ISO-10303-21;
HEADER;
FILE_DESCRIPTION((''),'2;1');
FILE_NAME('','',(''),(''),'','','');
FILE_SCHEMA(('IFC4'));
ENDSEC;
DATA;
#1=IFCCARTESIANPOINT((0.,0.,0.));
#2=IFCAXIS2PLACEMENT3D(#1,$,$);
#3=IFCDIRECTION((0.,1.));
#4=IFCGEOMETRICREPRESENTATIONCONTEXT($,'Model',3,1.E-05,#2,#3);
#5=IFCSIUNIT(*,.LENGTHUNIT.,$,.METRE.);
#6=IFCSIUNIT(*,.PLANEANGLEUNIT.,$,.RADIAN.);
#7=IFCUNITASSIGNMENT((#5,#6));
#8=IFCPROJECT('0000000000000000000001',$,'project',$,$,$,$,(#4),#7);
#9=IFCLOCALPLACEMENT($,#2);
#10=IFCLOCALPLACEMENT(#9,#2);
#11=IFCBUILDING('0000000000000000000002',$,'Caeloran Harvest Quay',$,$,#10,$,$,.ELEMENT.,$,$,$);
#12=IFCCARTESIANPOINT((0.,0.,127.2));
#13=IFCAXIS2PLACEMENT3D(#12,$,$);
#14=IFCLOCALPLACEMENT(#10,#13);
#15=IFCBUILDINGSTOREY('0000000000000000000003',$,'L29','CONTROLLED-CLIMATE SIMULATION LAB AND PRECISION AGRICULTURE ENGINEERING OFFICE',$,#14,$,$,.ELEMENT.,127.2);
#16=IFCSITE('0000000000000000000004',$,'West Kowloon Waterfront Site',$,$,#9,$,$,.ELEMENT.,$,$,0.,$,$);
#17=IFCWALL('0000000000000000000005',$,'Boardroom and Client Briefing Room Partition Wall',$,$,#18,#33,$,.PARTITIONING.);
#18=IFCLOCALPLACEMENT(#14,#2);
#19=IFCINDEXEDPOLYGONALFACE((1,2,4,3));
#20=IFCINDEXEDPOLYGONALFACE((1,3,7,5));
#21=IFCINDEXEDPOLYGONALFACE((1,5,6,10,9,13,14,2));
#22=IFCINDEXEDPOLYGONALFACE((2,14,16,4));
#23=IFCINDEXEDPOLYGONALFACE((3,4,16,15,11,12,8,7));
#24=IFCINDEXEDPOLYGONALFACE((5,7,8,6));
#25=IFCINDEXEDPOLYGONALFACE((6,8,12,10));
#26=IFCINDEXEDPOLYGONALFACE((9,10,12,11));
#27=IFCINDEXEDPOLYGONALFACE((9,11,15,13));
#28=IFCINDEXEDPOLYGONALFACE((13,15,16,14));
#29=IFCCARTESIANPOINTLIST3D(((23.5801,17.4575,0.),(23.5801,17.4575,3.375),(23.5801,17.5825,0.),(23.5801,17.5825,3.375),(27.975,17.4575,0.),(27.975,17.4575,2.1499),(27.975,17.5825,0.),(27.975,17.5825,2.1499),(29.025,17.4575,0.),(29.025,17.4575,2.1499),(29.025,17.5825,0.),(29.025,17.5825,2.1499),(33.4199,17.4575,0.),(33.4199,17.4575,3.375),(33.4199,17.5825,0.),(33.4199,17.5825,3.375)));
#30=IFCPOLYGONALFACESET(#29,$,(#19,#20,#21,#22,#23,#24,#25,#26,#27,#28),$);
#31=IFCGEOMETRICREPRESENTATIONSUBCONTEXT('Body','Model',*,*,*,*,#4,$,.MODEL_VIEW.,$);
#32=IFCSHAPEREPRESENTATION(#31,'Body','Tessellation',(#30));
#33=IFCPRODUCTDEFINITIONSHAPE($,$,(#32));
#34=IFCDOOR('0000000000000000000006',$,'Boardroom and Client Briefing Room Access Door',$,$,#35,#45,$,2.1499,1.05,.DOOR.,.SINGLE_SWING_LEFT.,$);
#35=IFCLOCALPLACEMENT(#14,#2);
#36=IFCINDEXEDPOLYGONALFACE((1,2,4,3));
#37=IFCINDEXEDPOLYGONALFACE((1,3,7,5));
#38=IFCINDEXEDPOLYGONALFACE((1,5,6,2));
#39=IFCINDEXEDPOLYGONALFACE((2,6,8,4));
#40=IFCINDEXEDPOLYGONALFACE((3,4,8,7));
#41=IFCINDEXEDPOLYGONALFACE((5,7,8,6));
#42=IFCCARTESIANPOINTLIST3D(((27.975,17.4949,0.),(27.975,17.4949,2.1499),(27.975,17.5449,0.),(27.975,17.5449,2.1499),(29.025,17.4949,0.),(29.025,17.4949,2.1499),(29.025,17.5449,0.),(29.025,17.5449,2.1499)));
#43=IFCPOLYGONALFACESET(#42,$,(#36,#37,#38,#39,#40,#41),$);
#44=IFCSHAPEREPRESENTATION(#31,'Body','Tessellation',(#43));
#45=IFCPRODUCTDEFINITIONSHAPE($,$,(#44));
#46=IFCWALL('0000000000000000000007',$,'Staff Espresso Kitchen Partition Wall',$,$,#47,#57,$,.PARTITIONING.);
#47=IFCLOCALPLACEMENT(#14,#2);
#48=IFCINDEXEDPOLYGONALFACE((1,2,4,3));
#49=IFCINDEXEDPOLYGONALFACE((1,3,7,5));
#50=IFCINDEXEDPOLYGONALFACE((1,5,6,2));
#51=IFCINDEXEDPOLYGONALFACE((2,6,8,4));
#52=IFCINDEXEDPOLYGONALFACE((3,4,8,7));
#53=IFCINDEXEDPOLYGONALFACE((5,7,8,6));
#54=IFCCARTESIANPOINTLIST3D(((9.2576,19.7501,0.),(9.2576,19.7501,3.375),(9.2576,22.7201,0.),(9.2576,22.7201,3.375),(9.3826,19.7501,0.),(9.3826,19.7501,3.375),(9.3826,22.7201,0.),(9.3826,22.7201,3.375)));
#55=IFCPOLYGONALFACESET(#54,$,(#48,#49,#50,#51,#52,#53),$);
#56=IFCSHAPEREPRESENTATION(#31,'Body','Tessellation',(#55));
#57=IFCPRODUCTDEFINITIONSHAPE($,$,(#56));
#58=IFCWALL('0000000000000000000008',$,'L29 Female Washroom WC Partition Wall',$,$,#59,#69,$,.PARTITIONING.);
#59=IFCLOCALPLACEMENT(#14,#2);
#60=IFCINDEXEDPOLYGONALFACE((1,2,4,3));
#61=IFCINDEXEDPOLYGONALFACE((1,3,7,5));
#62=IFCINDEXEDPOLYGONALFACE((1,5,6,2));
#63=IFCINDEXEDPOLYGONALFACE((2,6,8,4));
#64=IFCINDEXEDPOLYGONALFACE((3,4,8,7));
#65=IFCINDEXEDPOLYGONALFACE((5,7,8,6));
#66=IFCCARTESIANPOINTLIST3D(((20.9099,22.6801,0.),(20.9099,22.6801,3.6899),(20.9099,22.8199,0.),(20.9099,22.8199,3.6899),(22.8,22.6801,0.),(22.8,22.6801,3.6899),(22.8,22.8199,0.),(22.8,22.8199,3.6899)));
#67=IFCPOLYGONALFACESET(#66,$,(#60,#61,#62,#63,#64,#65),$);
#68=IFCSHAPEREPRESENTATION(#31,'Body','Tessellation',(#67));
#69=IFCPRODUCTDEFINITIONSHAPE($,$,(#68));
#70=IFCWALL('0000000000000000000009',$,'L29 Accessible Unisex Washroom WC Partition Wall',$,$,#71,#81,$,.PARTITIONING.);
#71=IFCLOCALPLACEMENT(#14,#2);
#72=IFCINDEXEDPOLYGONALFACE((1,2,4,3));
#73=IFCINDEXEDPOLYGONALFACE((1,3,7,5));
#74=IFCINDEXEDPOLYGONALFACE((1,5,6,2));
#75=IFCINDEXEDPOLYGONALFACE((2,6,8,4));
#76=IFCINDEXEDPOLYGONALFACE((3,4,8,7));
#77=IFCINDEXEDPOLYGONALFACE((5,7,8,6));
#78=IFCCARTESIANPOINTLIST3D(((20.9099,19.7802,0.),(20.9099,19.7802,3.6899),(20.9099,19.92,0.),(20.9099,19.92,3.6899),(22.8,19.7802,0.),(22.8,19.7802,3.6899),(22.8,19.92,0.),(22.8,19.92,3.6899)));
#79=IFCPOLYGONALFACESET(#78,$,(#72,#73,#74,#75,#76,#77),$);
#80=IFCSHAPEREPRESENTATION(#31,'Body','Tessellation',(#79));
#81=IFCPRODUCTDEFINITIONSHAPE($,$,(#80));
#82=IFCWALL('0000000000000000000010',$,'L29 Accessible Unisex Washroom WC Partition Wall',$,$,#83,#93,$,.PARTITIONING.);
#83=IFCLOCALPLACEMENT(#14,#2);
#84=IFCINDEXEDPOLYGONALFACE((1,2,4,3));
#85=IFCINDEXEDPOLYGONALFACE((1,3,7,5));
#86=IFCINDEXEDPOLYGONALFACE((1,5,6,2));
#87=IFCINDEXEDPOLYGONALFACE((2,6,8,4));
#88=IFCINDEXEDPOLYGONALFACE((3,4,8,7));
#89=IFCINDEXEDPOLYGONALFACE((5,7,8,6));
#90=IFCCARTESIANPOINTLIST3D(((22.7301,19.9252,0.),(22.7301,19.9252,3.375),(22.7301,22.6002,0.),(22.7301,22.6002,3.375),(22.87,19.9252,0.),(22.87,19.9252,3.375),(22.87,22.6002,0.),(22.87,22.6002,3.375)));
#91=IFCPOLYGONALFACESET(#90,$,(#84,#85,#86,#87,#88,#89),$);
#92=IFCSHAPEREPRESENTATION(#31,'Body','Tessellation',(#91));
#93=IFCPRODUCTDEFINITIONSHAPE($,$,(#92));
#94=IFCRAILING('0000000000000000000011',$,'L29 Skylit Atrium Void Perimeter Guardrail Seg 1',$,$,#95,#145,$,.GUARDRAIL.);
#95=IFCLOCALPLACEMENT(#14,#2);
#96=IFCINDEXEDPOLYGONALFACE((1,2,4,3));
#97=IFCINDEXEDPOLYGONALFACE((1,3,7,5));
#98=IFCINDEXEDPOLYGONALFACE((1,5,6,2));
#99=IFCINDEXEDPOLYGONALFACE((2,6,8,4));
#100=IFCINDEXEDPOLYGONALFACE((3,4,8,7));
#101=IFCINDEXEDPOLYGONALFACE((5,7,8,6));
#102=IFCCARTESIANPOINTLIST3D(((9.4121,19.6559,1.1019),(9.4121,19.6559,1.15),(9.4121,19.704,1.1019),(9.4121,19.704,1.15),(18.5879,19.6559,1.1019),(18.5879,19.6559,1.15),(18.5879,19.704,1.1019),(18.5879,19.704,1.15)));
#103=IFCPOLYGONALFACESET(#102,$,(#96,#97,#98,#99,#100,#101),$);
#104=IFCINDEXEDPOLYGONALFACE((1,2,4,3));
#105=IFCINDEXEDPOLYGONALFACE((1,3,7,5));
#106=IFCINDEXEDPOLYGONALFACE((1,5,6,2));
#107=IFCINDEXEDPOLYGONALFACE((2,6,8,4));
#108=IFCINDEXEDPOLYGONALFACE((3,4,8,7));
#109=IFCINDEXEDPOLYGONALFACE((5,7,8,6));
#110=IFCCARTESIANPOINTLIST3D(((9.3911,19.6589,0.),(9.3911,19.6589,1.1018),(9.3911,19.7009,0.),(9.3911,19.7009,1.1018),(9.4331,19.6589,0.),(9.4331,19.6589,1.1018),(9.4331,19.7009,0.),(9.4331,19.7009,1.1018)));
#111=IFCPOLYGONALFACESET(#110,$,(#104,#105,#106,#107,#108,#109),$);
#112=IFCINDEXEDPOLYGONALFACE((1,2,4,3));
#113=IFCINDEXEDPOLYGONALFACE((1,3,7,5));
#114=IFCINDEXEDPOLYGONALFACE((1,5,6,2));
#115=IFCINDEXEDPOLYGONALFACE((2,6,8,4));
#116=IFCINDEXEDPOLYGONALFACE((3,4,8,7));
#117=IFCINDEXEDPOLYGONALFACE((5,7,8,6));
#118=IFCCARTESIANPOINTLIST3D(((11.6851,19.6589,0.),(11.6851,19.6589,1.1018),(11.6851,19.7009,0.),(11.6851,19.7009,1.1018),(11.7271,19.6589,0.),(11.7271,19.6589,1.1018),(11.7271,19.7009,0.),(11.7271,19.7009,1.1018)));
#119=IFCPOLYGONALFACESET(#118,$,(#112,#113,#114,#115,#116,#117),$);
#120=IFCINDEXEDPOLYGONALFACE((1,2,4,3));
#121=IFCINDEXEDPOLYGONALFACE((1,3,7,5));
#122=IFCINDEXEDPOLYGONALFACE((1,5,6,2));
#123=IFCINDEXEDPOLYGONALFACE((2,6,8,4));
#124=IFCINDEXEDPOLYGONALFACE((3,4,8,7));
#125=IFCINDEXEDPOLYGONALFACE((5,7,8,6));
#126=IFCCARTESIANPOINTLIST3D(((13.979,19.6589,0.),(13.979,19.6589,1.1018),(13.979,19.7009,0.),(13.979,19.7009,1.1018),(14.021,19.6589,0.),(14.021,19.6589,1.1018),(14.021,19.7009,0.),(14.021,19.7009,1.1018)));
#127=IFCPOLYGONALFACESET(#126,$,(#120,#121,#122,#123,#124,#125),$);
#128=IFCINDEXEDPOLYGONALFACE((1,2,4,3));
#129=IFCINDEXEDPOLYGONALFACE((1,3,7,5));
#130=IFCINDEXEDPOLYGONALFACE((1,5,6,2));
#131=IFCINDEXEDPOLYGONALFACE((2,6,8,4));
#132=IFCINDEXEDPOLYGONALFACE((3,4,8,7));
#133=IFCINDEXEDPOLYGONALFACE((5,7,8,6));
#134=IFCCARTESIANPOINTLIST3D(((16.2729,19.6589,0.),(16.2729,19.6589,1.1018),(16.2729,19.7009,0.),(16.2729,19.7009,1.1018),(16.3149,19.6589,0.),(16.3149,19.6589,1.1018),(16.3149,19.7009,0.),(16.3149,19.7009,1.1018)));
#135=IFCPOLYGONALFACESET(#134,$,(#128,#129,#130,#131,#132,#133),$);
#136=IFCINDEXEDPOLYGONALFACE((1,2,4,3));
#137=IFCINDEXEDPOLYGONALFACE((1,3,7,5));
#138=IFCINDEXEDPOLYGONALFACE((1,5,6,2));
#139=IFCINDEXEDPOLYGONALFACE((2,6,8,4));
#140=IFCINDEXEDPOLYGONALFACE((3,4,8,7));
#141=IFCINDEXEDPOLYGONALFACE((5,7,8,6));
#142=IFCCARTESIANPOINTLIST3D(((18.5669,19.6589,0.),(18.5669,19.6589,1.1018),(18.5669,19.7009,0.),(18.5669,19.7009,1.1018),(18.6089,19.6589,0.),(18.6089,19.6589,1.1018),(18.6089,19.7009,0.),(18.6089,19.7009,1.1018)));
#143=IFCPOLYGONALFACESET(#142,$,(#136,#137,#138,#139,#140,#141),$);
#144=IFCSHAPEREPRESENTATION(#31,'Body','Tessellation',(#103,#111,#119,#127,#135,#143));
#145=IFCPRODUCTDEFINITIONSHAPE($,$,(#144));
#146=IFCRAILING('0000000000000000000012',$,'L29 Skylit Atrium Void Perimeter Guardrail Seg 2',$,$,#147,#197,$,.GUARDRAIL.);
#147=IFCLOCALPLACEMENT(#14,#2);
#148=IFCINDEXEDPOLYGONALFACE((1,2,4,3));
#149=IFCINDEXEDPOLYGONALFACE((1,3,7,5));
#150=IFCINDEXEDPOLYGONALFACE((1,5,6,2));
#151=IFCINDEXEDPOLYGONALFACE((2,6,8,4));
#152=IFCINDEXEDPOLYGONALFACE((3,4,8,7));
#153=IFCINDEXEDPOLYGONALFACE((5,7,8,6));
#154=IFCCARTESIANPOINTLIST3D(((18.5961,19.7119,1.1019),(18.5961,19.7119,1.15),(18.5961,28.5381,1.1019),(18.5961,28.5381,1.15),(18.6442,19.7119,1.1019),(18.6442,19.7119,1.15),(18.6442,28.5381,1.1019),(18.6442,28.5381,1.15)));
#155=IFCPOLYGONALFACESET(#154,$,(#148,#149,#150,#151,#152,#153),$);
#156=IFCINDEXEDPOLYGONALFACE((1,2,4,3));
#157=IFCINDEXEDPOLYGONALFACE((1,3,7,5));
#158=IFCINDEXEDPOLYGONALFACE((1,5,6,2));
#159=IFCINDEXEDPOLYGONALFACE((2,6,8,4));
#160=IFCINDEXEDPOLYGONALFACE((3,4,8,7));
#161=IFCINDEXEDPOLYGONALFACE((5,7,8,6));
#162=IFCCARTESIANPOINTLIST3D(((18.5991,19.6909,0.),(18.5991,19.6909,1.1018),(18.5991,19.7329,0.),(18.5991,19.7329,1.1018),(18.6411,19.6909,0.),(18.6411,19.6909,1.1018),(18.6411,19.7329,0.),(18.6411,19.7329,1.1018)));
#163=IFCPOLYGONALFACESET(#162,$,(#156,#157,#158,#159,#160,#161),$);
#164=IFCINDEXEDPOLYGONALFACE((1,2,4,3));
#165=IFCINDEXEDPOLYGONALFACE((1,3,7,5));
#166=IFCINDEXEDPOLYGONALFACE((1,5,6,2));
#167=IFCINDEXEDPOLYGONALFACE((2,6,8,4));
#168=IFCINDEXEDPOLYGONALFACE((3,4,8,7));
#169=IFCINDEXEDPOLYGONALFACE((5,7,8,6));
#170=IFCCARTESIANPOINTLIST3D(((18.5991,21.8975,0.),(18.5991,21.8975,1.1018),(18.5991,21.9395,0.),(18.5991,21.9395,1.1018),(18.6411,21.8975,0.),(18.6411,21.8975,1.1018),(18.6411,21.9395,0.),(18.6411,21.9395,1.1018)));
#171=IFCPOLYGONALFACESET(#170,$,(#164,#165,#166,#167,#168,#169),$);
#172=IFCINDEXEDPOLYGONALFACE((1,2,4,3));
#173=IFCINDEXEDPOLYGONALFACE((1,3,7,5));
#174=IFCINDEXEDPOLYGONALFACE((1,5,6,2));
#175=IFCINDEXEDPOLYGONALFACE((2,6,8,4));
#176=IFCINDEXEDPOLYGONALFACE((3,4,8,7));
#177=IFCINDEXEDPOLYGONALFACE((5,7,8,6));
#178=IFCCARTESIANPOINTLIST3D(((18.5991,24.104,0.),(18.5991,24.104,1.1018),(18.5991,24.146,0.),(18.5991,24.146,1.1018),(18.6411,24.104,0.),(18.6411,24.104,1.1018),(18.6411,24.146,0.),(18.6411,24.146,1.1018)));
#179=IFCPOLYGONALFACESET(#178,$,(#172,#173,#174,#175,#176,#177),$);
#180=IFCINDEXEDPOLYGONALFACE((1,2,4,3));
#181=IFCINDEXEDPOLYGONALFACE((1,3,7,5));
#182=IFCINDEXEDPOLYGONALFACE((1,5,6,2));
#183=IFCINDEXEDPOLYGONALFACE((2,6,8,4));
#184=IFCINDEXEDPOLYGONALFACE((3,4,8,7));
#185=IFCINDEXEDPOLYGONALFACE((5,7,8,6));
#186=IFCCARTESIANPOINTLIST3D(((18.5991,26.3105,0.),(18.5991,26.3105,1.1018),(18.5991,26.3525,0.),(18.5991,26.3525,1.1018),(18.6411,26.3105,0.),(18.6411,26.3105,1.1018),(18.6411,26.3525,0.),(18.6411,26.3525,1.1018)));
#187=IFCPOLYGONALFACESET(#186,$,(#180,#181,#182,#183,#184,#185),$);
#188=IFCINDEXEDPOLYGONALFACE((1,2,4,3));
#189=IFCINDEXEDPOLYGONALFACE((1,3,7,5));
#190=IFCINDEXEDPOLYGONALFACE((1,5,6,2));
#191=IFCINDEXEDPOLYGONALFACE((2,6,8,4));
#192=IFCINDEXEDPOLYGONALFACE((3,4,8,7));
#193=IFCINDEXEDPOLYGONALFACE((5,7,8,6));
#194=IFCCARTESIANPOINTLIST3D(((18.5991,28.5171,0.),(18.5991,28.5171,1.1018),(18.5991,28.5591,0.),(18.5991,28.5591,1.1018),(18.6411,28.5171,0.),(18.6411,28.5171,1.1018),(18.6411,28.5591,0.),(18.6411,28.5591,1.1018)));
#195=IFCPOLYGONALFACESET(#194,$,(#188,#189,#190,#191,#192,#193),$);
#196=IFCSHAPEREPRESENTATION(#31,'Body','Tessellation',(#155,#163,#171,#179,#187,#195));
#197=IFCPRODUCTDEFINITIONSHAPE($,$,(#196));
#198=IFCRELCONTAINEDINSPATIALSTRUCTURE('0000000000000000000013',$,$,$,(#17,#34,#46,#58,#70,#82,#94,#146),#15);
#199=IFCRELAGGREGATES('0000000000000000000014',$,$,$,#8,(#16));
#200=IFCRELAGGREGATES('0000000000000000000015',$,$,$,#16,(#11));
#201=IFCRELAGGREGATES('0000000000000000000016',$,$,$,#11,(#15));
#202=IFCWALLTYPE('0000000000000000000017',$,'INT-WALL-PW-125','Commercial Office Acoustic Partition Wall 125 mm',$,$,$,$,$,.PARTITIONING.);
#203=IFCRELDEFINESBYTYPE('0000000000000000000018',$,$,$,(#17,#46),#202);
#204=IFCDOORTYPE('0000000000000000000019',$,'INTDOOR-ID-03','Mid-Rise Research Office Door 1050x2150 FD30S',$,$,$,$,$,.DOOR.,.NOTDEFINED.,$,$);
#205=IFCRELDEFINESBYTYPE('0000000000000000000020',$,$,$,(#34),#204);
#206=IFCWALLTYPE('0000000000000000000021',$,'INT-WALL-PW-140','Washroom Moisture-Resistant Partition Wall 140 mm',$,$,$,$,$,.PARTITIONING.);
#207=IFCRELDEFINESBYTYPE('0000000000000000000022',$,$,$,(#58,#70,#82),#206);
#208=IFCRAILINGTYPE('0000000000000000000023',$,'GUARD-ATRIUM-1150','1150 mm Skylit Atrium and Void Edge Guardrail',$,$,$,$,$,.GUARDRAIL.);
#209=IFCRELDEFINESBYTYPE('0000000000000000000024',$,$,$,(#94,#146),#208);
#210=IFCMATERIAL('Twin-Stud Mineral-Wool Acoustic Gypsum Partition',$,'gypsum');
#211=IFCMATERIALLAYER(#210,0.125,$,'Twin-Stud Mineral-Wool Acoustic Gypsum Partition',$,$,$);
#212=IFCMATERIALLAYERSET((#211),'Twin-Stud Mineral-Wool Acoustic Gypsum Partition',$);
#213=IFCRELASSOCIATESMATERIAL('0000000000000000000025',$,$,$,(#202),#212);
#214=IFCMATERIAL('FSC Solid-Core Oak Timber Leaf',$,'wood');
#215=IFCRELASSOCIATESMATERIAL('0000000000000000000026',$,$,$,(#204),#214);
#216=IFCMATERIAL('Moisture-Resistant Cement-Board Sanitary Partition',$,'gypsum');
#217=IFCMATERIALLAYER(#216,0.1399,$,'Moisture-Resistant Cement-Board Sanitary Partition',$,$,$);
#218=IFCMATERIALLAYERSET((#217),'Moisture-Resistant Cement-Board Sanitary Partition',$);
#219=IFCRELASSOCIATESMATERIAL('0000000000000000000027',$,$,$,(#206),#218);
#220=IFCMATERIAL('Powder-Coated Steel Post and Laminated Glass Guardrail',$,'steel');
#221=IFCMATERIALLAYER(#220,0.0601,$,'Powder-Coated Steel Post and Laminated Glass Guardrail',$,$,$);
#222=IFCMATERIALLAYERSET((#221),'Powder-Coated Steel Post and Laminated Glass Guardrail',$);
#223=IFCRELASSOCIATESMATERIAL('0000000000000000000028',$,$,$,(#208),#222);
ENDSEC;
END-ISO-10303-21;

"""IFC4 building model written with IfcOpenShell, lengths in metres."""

from ifc_helpers import new_model, si_unit, direction, frame, frame_2d, origin, origin_2d, place, context, subcontext, project, spatial, rectangle, extrude, material, layer, layer_set, type_object, element, fill, save


model = new_model("IFC4")

# Units and contexts
model_context = context("Model", 3, precision=1e-05, world=origin(), true_north=direction((0.0, 1.0)))
body_context = subcontext(model_context, "Body", "Model", "MODEL_VIEW")
ifc_project = project(units=[si_unit("LENGTHUNIT", "METRE"), si_unit("PLANEANGLEUNIT", "RADIAN")], contexts=[model_context])

# Site, building, storey
site_placement = place(None, origin())
site = spatial("IfcSite", under=ifc_project, at=site_placement, Name="West Kowloon Waterfront Site", CompositionType="ELEMENT", RefElevation=0.0)
building_placement = place(site_placement, origin())
building = spatial("IfcBuilding", under=site, at=building_placement, Name="Caeloran Harvest Quay", CompositionType="ELEMENT")
storey_placement = place(building_placement, frame((0.0, 0.0, 127.2)))
storey = spatial("IfcBuildingStorey", under=building, at=storey_placement, Name="L29", Description="CONTROLLED-CLIMATE SIMULATION LAB AND PRECISION AGRICULTURE ENGINEERING OFFICE", CompositionType="ELEMENT", Elevation=127.2)

# Shared definitions
ifc_material_1 = material(Name="Twin-Stud Mineral-Wool Acoustic Gypsum Partition", Category="gypsum")
ifc_layer_1 = layer(ifc_material_1, 0.125, Name="Twin-Stud Mineral-Wool Acoustic Gypsum Partition")
ifc_layer_set_1 = layer_set([ifc_layer_1], Name="Twin-Stud Mineral-Wool Acoustic Gypsum Partition")
wall_type_1 = type_object("IfcWallType", Name="INT-WALL-PW-125", Description="Commercial Office Acoustic Partition Wall 125 mm", PredefinedType="PARTITIONING", material=ifc_layer_set_1)
ifc_material_2 = material(Name="FSC Solid-Core Oak Timber Leaf", Category="wood")
door_type_1 = type_object("IfcDoorType", Name="INTDOOR-ID-03", Description="Mid-Rise Research Office Door 1050x2150 FD30S", OperationType="NOTDEFINED", PredefinedType="DOOR", material=ifc_material_2)

# Wall, opening, door
wall_1_placement = place(storey_placement, frame((23.5801, 17.52, 0.0), z_axis=(0.0, 0.0, 1.0), x_axis=(1.0, 0.0, 0.0)))
wall_1 = element("IfcWall", 1, at=wall_1_placement, inside=storey, type_object=wall_type_1, Name="Boardroom and Client Briefing Room Partition Wall", PredefinedType="PARTITIONING", context=body_context, shape_type="SweptSolid", body=[
    extrude(rectangle(XDim=9.8398, YDim=0.125, at=frame_2d((4.9199, 0.0))), origin(), (0.0, 0.0, 1.0), 3.375),
])
opening_1_placement = place(wall_1_placement, frame((4.395, 0.0, 0.0)))
opening_1 = element("IfcOpeningElement", 2, at=opening_1_placement, cuts=wall_1, PredefinedType="OPENING", context=body_context, shape_type="SweptSolid", body=[
    extrude(rectangle(XDim=1.05, YDim=2.1499, at=frame_2d((0.5249, 1.075))), frame((0.0, 0.0725, 0.0), z_axis=(0.0, -1.0, 0.0), x_axis=(1.0, 0.0, 0.0)), (0.0, 0.0, 1.0), 0.145),
])
door_1_placement = place(opening_1_placement, origin())
door_1 = element("IfcDoor", 3, at=door_1_placement, inside=storey, type_object=door_type_1, Name="Boardroom and Client Briefing Room Access Door", OperationType="SINGLE_SWING_LEFT", OverallHeight=2.1499, OverallWidth=1.05, PredefinedType="DOOR", context=body_context, shape_type="SweptSolid", body=[
    extrude(rectangle(XDim=1.05, YDim=2.1499, at=frame_2d((0.5249, 1.075))), frame((0.0, 0.0249, 0.0), z_axis=(0.0, -1.0, 0.0), x_axis=(1.0, 0.0, 0.0)), (0.0, 0.0, 1.0), 0.05),
])
fill(opening_1, door_1)

# Wall
wall_2_placement = place(storey_placement, frame((9.3201, 22.72, 0.0), z_axis=(0.0, 0.0, 1.0), x_axis=(0.0, -1.0, 0.0)))
element("IfcWall", 4, at=wall_2_placement, inside=storey, type_object=wall_type_1, Name="Staff Espresso Kitchen Partition Wall", PredefinedType="PARTITIONING", context=body_context, shape_type="SweptSolid", body=[
    extrude(rectangle(XDim=2.97, YDim=0.125, at=frame_2d((1.4849, 0.0))), origin(), (0.0, 0.0, 1.0), 3.375),
])

# Walls
ifc_material_3 = material(Name="Moisture-Resistant Cement-Board Sanitary Partition", Category="gypsum")
ifc_layer_2 = layer(ifc_material_3, 0.1399, Name="Moisture-Resistant Cement-Board Sanitary Partition")
ifc_layer_set_2 = layer_set([ifc_layer_2], Name="Moisture-Resistant Cement-Board Sanitary Partition")
wall_type_2 = type_object("IfcWallType", Name="INT-WALL-PW-140", Description="Washroom Moisture-Resistant Partition Wall 140 mm", PredefinedType="PARTITIONING", material=ifc_layer_set_2)
for number, where, z_axis, x_axis, name in (
    (5, (22.8, 22.75, 0.0), (0.0, 0.0, 1.0), (-1.0, 0.0, 0.0), "L29 Female Washroom WC Partition Wall"),
    (6, (22.8, 19.8501, 0.0), (0.0, 0.0, 1.0), (-1.0, 0.0, 0.0), "L29 Accessible Unisex Washroom WC Partition Wall"),
):
    element("IfcWall", number, at=place(storey_placement, frame(where, z_axis=z_axis, x_axis=x_axis)), inside=storey, type_object=wall_type_2, Name=name, PredefinedType="PARTITIONING", context=body_context, shape_type="SweptSolid", body=[
        extrude(rectangle(XDim=1.8901, YDim=0.1399, at=frame_2d((0.9451, 0.0))), origin(), (0.0, 0.0, 1.0), 3.6899),
    ])

# Wall
wall_3_placement = place(storey_placement, frame((22.8, 22.6001, 0.0), z_axis=(0.0, 0.0, 1.0), x_axis=(0.0, -1.0, 0.0)))
element("IfcWall", 7, at=wall_3_placement, inside=storey, type_object=wall_type_2, Name="L29 Accessible Unisex Washroom WC Partition Wall", PredefinedType="PARTITIONING", context=body_context, shape_type="SweptSolid", body=[
    extrude(rectangle(XDim=2.675, YDim=0.1399, at=frame_2d((1.3374, 0.0))), origin(), (0.0, 0.0, 1.0), 3.375),
])

# Railings
ifc_material_4 = material(Name="Powder-Coated Steel Post and Laminated Glass Guardrail", Category="steel")
ifc_layer_3 = layer(ifc_material_4, 0.0601, Name="Powder-Coated Steel Post and Laminated Glass Guardrail")
ifc_layer_set_3 = layer_set([ifc_layer_3], Name="Powder-Coated Steel Post and Laminated Glass Guardrail")
railing_type = type_object("IfcRailingType", Name="GUARD-ATRIUM-1150", Description="1150 mm Skylit Atrium and Void Edge Guardrail", PredefinedType="GUARDRAIL", material=ifc_layer_set_3)
railing_1_placement = place(storey_placement, frame((9.4121, 19.6799, 0.0)))
element("IfcRailing", 8, at=railing_1_placement, inside=storey, type_object=railing_type, Name="L29 Skylit Atrium Void Perimeter Guardrail Seg 1", PredefinedType="GUARDRAIL", context=body_context, shape_type="SweptSolid", body=[
    extrude(rectangle(XDim=0.0481, YDim=0.0481, at=origin_2d()), frame((0.0, 0.0, 1.126), z_axis=(1.0, 0.0, 0.0), x_axis=(0.0, 1.0, 0.0)), (0.0, 0.0, 1.0), 9.1758),
    extrude(rectangle(XDim=0.042, YDim=0.042, at=origin_2d()), origin(), (0.0, 0.0, 1.0), 1.1018),
    extrude(rectangle(XDim=0.042, YDim=0.042, at=origin_2d()), frame((2.2939, 0.0, 0.0)), (0.0, 0.0, 1.0), 1.1018),
    extrude(rectangle(XDim=0.042, YDim=0.042, at=origin_2d()), frame((4.5879, 0.0, 0.0)), (0.0, 0.0, 1.0), 1.1018),
    extrude(rectangle(XDim=0.042, YDim=0.042, at=origin_2d()), frame((6.8818, 0.0, 0.0)), (0.0, 0.0, 1.0), 1.1018),
    extrude(rectangle(XDim=0.042, YDim=0.042, at=origin_2d()), frame((9.1758, 0.0, 0.0)), (0.0, 0.0, 1.0), 1.1018),
])
railing_2_placement = place(storey_placement, frame((18.6201, 19.7119, 0.0)))
element("IfcRailing", 9, at=railing_2_placement, inside=storey, type_object=railing_type, Name="L29 Skylit Atrium Void Perimeter Guardrail Seg 2", PredefinedType="GUARDRAIL", context=body_context, shape_type="SweptSolid", body=[
    extrude(rectangle(XDim=0.0481, YDim=0.0481, at=origin_2d()), frame((0.0, 0.0, 1.126), z_axis=(0.0, 1.0, 0.0), x_axis=(-1.0, 0.0, 0.0)), (0.0, 0.0, 1.0), 8.8262),
    extrude(rectangle(XDim=0.042, YDim=0.042, at=origin_2d()), origin(), (0.0, 0.0, 1.0), 1.1018),
    extrude(rectangle(XDim=0.042, YDim=0.042, at=origin_2d()), frame((0.0, 2.2065, 0.0)), (0.0, 0.0, 1.0), 1.1018),
    extrude(rectangle(XDim=0.042, YDim=0.042, at=origin_2d()), frame((0.0, 4.4131, 0.0)), (0.0, 0.0, 1.0), 1.1018),
    extrude(rectangle(XDim=0.042, YDim=0.042, at=origin_2d()), frame((0.0, 6.6196, 0.0)), (0.0, 0.0, 1.0), 1.1018),
    extrude(rectangle(XDim=0.042, YDim=0.042, at=origin_2d()), frame((0.0, 8.8262, 0.0)), (0.0, 0.0, 1.0), 1.1018),
])

save(model, "model.ifc")
